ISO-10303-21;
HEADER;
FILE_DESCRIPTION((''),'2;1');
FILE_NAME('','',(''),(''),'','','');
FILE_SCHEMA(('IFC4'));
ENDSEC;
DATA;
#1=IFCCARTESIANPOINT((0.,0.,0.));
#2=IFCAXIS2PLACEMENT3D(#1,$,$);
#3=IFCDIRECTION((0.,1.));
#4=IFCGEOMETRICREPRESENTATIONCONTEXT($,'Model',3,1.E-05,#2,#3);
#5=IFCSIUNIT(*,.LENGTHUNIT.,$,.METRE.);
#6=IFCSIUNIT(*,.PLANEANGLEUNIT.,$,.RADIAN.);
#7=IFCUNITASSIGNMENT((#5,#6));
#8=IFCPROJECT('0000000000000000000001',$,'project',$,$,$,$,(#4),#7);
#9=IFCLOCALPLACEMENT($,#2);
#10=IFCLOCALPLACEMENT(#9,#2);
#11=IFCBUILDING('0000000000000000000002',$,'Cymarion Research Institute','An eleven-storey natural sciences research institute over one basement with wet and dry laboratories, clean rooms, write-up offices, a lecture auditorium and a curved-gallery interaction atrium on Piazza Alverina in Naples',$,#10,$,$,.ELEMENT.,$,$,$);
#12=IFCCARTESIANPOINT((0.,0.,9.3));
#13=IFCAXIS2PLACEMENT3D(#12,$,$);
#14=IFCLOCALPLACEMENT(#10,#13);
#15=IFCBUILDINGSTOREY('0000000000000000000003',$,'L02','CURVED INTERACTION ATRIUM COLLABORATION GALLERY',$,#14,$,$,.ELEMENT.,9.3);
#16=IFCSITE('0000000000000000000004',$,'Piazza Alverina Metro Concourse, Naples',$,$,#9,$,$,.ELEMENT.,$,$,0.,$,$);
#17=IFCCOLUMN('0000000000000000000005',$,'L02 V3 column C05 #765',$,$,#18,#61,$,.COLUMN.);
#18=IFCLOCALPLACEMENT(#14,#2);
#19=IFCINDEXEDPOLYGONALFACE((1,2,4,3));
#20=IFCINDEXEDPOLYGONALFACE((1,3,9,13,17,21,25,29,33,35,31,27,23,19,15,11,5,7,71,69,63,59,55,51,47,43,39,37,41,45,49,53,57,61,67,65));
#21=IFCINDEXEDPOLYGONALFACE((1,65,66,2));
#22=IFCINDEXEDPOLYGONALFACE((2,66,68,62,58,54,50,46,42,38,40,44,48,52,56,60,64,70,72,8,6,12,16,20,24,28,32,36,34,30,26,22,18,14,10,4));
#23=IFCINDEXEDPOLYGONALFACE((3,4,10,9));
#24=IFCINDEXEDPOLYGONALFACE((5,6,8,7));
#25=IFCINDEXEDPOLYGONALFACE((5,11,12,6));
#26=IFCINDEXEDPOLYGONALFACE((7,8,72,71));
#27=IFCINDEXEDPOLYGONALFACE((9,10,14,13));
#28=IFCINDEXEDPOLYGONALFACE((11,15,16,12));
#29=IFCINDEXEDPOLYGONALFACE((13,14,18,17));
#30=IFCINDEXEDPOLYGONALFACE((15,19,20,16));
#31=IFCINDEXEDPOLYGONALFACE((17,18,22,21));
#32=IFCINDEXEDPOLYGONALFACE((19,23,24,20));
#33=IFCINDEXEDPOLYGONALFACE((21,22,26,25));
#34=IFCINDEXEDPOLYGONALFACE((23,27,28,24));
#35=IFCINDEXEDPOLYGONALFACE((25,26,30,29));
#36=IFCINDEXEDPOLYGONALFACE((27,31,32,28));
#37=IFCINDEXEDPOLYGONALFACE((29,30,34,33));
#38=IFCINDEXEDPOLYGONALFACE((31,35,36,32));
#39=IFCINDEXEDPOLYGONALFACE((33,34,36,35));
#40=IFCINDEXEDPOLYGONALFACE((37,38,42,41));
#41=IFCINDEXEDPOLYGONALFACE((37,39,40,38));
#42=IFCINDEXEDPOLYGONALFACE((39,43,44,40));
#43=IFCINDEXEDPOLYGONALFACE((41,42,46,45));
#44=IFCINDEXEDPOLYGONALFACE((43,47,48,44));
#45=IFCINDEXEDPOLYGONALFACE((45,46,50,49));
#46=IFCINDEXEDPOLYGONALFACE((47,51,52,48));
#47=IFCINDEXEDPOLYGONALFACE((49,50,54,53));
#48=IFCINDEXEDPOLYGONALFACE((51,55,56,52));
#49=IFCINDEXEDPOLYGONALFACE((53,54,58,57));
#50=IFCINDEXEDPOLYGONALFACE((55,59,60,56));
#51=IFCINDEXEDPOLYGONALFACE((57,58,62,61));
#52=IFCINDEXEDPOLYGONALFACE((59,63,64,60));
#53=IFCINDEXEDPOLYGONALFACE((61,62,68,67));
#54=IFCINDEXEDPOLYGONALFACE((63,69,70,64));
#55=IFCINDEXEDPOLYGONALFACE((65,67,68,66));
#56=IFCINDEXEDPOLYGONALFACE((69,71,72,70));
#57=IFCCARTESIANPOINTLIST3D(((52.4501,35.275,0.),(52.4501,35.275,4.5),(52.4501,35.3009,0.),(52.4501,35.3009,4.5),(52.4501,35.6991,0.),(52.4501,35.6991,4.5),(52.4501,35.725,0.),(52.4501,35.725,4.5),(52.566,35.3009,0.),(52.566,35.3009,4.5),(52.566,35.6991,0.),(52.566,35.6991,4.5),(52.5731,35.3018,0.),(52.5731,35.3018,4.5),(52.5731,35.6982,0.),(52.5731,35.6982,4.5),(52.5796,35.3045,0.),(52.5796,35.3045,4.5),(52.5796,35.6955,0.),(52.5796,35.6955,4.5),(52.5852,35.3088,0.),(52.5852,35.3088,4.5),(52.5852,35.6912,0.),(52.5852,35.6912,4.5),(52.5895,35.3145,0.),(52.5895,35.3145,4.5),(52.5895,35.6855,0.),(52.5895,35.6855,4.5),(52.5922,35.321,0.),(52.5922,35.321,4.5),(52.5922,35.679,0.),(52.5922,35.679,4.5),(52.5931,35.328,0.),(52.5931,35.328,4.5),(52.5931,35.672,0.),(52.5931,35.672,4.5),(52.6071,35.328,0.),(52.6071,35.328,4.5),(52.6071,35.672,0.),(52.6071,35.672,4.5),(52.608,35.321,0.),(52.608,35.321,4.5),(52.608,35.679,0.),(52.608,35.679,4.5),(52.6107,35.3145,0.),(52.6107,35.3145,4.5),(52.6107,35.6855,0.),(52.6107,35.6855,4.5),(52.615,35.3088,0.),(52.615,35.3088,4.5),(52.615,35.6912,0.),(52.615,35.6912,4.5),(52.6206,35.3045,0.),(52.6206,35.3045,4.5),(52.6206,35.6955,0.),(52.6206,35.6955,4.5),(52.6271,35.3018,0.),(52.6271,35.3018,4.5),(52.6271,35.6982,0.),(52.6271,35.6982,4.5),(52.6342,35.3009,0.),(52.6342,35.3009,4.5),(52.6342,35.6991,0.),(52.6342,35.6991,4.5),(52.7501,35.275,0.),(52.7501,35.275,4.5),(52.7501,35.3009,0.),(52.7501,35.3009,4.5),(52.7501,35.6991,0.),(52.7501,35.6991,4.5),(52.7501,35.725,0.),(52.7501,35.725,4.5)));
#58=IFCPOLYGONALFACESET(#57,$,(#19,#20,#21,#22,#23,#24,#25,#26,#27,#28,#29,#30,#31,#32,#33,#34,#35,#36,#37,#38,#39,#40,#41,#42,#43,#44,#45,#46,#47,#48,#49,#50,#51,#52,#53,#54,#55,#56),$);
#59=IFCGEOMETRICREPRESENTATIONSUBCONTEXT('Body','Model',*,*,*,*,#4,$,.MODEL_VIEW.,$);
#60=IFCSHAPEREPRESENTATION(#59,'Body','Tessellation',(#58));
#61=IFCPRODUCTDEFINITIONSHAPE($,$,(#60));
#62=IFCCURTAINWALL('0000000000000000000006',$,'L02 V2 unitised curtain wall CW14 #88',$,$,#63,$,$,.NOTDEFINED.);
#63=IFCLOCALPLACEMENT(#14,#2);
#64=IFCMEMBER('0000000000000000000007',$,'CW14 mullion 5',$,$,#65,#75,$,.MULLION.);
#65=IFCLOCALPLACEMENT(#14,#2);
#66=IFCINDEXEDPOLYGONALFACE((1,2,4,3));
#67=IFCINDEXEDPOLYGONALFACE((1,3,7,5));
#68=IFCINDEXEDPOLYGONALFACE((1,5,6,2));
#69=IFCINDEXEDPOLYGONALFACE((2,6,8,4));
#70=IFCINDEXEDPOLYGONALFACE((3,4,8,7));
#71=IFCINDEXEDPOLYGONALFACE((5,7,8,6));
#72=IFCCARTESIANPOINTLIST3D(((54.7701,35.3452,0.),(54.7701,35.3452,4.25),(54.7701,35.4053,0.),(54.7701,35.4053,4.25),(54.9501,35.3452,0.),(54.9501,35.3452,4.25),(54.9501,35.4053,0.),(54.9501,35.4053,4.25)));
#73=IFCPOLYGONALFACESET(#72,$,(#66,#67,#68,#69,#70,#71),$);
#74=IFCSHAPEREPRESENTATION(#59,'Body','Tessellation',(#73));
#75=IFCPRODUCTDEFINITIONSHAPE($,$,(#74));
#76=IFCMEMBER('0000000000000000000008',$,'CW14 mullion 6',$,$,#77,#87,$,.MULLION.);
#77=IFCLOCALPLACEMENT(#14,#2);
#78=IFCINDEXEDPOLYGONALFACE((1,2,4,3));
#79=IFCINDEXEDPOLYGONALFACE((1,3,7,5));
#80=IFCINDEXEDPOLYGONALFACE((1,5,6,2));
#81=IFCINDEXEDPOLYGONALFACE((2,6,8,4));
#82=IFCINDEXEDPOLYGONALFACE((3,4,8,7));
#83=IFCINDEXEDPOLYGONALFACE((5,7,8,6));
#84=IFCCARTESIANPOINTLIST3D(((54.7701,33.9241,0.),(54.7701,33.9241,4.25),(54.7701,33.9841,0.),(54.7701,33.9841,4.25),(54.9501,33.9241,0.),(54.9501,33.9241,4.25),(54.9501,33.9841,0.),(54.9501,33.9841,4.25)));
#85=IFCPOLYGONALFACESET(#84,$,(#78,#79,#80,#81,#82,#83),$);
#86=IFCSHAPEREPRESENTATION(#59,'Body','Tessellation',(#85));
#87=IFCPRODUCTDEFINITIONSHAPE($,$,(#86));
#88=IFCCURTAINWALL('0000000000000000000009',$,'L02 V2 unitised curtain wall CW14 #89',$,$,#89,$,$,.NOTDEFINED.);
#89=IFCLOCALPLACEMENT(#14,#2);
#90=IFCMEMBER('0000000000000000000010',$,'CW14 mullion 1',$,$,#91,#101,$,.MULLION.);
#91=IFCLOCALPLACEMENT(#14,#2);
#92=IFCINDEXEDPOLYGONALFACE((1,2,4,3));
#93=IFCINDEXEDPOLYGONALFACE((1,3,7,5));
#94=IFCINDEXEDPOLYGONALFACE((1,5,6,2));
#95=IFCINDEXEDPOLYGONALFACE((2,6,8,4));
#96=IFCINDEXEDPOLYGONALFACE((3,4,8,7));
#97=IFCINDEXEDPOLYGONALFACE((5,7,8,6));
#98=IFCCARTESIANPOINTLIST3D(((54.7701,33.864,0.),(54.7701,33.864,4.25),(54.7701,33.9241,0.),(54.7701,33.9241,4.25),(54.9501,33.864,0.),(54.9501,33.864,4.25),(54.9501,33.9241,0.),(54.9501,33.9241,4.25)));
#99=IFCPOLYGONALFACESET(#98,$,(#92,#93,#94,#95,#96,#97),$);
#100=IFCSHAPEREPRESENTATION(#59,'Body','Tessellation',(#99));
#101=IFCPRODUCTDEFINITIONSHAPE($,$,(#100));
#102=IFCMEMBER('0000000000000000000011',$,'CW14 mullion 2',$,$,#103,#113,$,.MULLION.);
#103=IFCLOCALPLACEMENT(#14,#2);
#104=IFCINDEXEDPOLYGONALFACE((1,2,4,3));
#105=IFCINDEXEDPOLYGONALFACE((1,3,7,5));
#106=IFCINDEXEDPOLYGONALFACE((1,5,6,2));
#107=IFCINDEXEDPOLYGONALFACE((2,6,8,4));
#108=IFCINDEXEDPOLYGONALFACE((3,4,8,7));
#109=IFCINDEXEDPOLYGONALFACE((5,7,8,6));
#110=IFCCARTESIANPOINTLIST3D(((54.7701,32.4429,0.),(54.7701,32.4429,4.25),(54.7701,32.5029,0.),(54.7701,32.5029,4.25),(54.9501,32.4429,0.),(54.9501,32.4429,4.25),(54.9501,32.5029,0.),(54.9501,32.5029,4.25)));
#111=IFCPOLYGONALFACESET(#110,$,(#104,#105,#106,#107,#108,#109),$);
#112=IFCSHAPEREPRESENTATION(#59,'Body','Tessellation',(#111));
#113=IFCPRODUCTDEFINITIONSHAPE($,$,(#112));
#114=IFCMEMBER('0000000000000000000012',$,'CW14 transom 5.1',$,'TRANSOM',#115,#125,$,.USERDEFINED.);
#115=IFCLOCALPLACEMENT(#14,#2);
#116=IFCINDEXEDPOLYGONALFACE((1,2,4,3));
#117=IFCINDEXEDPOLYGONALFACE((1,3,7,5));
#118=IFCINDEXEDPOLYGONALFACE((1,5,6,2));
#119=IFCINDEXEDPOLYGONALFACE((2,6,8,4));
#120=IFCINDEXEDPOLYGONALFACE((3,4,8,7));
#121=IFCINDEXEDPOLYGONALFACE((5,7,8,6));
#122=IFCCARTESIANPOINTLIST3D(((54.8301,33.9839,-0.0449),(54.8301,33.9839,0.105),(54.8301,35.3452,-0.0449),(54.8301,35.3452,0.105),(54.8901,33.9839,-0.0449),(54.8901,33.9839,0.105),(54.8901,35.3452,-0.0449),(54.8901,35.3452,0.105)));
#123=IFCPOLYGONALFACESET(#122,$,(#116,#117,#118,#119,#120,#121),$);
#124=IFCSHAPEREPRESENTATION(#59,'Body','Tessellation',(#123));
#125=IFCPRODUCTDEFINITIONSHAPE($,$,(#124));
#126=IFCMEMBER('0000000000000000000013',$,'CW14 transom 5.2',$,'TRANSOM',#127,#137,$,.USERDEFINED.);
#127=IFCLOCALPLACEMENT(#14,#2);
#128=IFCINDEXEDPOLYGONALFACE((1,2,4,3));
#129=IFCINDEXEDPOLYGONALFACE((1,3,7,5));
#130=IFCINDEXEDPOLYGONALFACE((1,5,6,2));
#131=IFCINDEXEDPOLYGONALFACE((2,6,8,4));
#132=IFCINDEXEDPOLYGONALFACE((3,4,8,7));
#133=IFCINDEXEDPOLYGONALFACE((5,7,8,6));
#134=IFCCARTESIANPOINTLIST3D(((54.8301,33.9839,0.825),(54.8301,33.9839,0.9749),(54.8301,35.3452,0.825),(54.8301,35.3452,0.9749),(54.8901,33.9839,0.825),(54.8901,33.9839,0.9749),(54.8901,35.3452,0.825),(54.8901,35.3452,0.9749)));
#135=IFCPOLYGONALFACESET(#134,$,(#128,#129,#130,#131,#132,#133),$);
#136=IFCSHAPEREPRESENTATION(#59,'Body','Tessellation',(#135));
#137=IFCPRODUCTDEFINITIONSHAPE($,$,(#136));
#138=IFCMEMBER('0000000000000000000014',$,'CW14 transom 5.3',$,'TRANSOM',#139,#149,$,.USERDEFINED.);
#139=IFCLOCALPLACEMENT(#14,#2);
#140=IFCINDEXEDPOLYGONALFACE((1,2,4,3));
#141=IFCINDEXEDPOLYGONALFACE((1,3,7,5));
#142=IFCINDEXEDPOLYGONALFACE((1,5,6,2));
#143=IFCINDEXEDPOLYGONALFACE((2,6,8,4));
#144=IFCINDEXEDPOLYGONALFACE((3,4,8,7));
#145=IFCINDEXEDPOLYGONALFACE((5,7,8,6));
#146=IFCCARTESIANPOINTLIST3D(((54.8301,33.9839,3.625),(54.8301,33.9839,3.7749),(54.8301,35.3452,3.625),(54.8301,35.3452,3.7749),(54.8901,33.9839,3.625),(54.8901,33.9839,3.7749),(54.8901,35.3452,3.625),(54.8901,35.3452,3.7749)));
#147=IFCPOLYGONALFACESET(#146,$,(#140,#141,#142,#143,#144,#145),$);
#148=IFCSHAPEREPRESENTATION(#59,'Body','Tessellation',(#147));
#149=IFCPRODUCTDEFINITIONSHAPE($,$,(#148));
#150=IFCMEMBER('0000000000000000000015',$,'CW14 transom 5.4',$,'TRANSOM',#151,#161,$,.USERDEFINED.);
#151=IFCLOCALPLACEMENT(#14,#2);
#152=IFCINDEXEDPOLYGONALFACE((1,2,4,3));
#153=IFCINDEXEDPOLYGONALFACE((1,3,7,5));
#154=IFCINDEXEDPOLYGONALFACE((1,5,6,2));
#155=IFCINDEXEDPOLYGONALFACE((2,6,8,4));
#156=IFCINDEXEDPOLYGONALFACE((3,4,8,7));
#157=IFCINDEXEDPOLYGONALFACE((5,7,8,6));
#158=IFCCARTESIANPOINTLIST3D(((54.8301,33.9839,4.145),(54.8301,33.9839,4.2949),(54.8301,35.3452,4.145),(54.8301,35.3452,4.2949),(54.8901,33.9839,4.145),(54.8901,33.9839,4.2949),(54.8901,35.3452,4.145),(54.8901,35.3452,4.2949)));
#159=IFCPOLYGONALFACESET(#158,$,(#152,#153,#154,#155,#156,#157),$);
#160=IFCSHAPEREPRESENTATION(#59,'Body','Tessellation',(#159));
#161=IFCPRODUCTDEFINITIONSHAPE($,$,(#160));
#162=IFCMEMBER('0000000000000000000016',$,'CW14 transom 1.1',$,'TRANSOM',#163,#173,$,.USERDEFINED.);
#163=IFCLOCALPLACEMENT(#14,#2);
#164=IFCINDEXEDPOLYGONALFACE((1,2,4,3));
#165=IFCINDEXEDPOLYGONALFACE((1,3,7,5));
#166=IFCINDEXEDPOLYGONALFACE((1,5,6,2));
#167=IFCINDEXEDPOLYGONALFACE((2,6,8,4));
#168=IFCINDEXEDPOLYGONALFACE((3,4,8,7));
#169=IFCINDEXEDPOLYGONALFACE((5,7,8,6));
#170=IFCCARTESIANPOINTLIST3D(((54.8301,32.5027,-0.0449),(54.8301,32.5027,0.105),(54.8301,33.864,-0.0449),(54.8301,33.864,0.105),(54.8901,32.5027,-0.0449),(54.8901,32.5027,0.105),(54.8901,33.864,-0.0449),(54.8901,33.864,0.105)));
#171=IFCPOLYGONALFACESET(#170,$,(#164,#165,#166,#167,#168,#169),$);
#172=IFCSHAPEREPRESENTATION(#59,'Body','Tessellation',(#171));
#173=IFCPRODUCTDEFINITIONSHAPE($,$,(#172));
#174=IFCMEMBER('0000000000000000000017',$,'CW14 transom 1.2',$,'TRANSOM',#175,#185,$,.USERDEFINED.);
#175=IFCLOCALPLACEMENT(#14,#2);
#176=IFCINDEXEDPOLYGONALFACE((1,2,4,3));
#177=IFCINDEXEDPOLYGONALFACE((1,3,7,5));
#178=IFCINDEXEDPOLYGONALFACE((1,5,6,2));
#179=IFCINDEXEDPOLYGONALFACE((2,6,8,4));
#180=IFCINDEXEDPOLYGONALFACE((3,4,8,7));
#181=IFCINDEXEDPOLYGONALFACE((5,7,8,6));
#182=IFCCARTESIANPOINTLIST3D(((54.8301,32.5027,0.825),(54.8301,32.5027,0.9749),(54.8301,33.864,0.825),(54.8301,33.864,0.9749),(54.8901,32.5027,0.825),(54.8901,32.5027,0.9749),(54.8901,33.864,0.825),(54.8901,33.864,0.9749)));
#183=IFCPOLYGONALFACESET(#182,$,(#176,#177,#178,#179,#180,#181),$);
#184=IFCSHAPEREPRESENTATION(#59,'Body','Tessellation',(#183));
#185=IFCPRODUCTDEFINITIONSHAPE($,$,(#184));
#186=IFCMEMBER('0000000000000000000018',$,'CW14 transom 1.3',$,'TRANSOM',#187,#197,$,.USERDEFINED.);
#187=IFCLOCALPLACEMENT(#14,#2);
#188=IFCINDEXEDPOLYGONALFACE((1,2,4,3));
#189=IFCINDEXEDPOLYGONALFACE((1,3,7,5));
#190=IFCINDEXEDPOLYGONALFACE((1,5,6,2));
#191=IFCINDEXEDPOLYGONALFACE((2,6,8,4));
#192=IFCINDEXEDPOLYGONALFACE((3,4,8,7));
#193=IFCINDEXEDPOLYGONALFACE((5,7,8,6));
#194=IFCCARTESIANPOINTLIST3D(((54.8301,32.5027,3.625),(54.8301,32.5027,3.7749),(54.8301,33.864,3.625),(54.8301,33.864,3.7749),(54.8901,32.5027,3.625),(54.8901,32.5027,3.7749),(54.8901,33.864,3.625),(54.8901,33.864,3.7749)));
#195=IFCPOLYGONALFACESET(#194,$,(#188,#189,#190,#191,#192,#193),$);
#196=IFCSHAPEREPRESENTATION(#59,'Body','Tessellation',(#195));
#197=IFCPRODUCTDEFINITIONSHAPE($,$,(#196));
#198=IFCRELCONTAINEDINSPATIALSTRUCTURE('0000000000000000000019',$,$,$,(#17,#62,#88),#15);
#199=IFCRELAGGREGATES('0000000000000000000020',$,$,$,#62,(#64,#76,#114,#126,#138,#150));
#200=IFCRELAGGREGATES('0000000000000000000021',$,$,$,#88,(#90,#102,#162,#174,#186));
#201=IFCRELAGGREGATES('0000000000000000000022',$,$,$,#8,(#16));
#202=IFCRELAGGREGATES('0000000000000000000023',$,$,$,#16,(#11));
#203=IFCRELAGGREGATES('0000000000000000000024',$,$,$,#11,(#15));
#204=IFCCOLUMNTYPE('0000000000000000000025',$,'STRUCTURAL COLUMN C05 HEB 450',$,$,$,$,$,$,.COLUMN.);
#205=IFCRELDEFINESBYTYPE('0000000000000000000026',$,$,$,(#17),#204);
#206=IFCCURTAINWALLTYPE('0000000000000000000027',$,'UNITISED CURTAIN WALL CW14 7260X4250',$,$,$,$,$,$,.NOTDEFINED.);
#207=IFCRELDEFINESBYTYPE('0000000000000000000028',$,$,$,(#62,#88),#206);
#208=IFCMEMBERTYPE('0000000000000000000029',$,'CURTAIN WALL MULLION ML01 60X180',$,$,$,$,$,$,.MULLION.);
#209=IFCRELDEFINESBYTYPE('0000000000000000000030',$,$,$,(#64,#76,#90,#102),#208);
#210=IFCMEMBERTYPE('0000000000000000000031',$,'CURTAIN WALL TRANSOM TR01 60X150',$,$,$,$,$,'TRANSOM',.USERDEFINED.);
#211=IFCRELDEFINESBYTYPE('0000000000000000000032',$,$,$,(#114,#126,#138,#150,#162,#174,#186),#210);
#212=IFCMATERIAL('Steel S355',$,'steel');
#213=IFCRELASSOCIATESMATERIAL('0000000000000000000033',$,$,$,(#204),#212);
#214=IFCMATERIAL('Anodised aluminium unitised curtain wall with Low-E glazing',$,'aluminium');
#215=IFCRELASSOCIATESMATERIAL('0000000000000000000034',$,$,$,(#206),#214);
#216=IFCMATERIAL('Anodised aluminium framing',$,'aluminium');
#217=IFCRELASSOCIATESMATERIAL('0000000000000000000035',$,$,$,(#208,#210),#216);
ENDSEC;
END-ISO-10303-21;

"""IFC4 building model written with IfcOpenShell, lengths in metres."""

from ifc_helpers import new_model, si_unit, direction, frame, origin, origin_2d, place, context, subcontext, project, spatial, rectangle, i_section, extrude, material, material_profile, profile_set, type_object, element, aggregate, save


model = new_model("IFC4")

# Units and contexts
model_context = context("Model", 3, precision=1e-05, world=origin(), true_north=direction((0.0, 1.0)))
body_context = subcontext(model_context, "Body", "Model", "MODEL_VIEW")
ifc_project = project(units=[si_unit("LENGTHUNIT", "METRE"), si_unit("PLANEANGLEUNIT", "RADIAN")], contexts=[model_context])

# Site, building, storey
site_placement = place(None, origin())
site = spatial("IfcSite", under=ifc_project, at=site_placement, Name="Piazza Alverina Metro Concourse, Naples", CompositionType="ELEMENT", RefElevation=0.0)
building_placement = place(site_placement, origin())
building = spatial("IfcBuilding", under=site, at=building_placement, Name="Cymarion Research Institute", Description="An eleven-storey natural sciences research institute over one basement with wet and dry laboratories, clean rooms, write-up offices, a lecture auditorium and a curved-gallery interaction atrium on Piazza Alverina in Naples", CompositionType="ELEMENT")
storey_placement = place(building_placement, frame((0.0, 0.0, 9.3)))
storey = spatial("IfcBuildingStorey", under=building, at=storey_placement, Name="L02", Description="CURVED INTERACTION ATRIUM COLLABORATION GALLERY", CompositionType="ELEMENT", Elevation=9.3)

# Column
ifc_material_1 = material(Name="Steel S355", Category="steel")
ifc_material_profile_1 = material_profile(ifc_material_1, i_section(OverallWidth=0.3, OverallDepth=0.45, WebThickness=0.0139, FlangeThickness=0.0259, FilletRadius=0.0271, at=origin_2d()), Name="HEB 450")
ifc_profile_set_1 = profile_set([ifc_material_profile_1], Name="Steel S355")
column_type = type_object("IfcColumnType", Name="STRUCTURAL COLUMN C05 HEB 450", PredefinedType="COLUMN", material=ifc_profile_set_1)
column_placement = place(storey_placement, frame((52.6001, 35.5, 0.0), z_axis=(0.0, 0.0, 1.0), x_axis=(1.0, 0.0, 0.0)))
element("IfcColumn", 1, at=column_placement, inside=storey, type_object=column_type, Name="L02 V3 column C05 #765", PredefinedType="COLUMN", context=body_context, shape_type="SweptSolid", body=[
    extrude(i_section(OverallWidth=0.3, OverallDepth=0.45, WebThickness=0.0139, FlangeThickness=0.0259, FilletRadius=0.0271, at=origin_2d()), origin(), (0.0, 0.0, 1.0), 4.5),
])

# Curtain walls, members
ifc_material_2 = material(Name="Anodised aluminium unitised curtain wall with Low-E glazing", Category="aluminium")
curtain_wall_type = type_object("IfcCurtainWallType", Name="UNITISED CURTAIN WALL CW14 7260X4250", PredefinedType="NOTDEFINED", material=ifc_material_2)
curtain_wall_1_placement = place(storey_placement, origin())
curtain_wall_1 = element("IfcCurtainWall", 2, at=curtain_wall_1_placement, inside=storey, type_object=curtain_wall_type, Name="L02 V2 unitised curtain wall CW14 #88", PredefinedType="NOTDEFINED")
ifc_material_3 = material(Name="Anodised aluminium framing", Category="aluminium")
ifc_material_profile_2 = material_profile(ifc_material_3, rectangle(XDim=0.0601, YDim=0.1799, at=origin_2d()), Name="ALU MULLION 60x180")
ifc_profile_set_2 = profile_set([ifc_material_profile_2], Name="Anodised aluminium framing")
member_type_1 = type_object("IfcMemberType", Name="CURTAIN WALL MULLION ML01 60X180", PredefinedType="MULLION", material=ifc_profile_set_2)
member_1_placement = place(storey_placement, frame((54.8601, 35.3752, 0.0), z_axis=(0.0, 0.0, 1.0), x_axis=(0.0, -1.0, 0.0)))
member_1 = element("IfcMember", 3, at=member_1_placement, type_object=member_type_1, Name="CW14 mullion 5", PredefinedType="MULLION", context=body_context, shape_type="SweptSolid", body=[
    extrude(rectangle(XDim=0.0601, YDim=0.1799, at=origin_2d()), origin(), (0.0, 0.0, 1.0), 4.25),
])
member_2_placement = place(storey_placement, frame((54.8601, 33.9541, 0.0), z_axis=(0.0, 0.0, 1.0), x_axis=(0.0, -1.0, 0.0)))
member_2 = element("IfcMember", 4, at=member_2_placement, type_object=member_type_1, Name="CW14 mullion 6", PredefinedType="MULLION", context=body_context, shape_type="SweptSolid", body=[
    extrude(rectangle(XDim=0.0601, YDim=0.1799, at=origin_2d()), origin(), (0.0, 0.0, 1.0), 4.25),
])
curtain_wall_2_placement = place(storey_placement, origin())
curtain_wall_2 = element("IfcCurtainWall", 5, at=curtain_wall_2_placement, inside=storey, type_object=curtain_wall_type, Name="L02 V2 unitised curtain wall CW14 #89", PredefinedType="NOTDEFINED")
member_3_placement = place(storey_placement, frame((54.8601, 33.894, 0.0), z_axis=(0.0, 0.0, 1.0), x_axis=(0.0, -1.0, 0.0)))
member_3 = element("IfcMember", 6, at=member_3_placement, type_object=member_type_1, Name="CW14 mullion 1", PredefinedType="MULLION", context=body_context, shape_type="SweptSolid", body=[
    extrude(rectangle(XDim=0.0601, YDim=0.1799, at=origin_2d()), origin(), (0.0, 0.0, 1.0), 4.25),
])
member_4_placement = place(storey_placement, frame((54.8601, 32.4729, 0.0), z_axis=(0.0, 0.0, 1.0), x_axis=(0.0, -1.0, 0.0)))
member_4 = element("IfcMember", 7, at=member_4_placement, type_object=member_type_1, Name="CW14 mullion 2", PredefinedType="MULLION", context=body_context, shape_type="SweptSolid", body=[
    extrude(rectangle(XDim=0.0601, YDim=0.1799, at=origin_2d()), origin(), (0.0, 0.0, 1.0), 4.25),
])

# Members
ifc_material_profile_3 = material_profile(ifc_material_3, rectangle(XDim=0.0601, YDim=0.1499, at=origin_2d()), Name="ALU TRANSOM 60x150")
ifc_profile_set_3 = profile_set([ifc_material_profile_3], Name="Anodised aluminium framing")
member_type_2 = type_object("IfcMemberType", Name="CURTAIN WALL TRANSOM TR01 60X150", ElementType="TRANSOM", PredefinedType="USERDEFINED", material=ifc_profile_set_3)
member_5_placement = place(storey_placement, frame((54.8601, 35.3452, 0.03), z_axis=(0.0, -1.0, 0.0), x_axis=(1.0, 0.0, 0.0)))
member_5 = element("IfcMember", 8, at=member_5_placement, type_object=member_type_2, Name="CW14 transom 5.1", ObjectType="TRANSOM", PredefinedType="USERDEFINED", context=body_context, shape_type="SweptSolid", body=[
    extrude(rectangle(XDim=0.0601, YDim=0.1499, at=origin_2d()), origin(), (0.0, 0.0, 1.0), 1.3613),
])
member_6_placement = place(storey_placement, frame((54.8601, 35.3452, 0.8999), z_axis=(0.0, -1.0, 0.0), x_axis=(1.0, 0.0, 0.0)))
member_6 = element("IfcMember", 9, at=member_6_placement, type_object=member_type_2, Name="CW14 transom 5.2", ObjectType="TRANSOM", PredefinedType="USERDEFINED", context=body_context, shape_type="SweptSolid", body=[
    extrude(rectangle(XDim=0.0601, YDim=0.1499, at=origin_2d()), origin(), (0.0, 0.0, 1.0), 1.3613),
])
member_7_placement = place(storey_placement, frame((54.8601, 35.3452, 3.7), z_axis=(0.0, -1.0, 0.0), x_axis=(1.0, 0.0, 0.0)))
member_7 = element("IfcMember", 10, at=member_7_placement, type_object=member_type_2, Name="CW14 transom 5.3", ObjectType="TRANSOM", PredefinedType="USERDEFINED", context=body_context, shape_type="SweptSolid", body=[
    extrude(rectangle(XDim=0.0601, YDim=0.1499, at=origin_2d()), origin(), (0.0, 0.0, 1.0), 1.3613),
])
member_8_placement = place(storey_placement, frame((54.8601, 35.3452, 4.22), z_axis=(0.0, -1.0, 0.0), x_axis=(1.0, 0.0, 0.0)))
member_8 = element("IfcMember", 11, at=member_8_placement, type_object=member_type_2, Name="CW14 transom 5.4", ObjectType="TRANSOM", PredefinedType="USERDEFINED", context=body_context, shape_type="SweptSolid", body=[
    extrude(rectangle(XDim=0.0601, YDim=0.1499, at=origin_2d()), origin(), (0.0, 0.0, 1.0), 1.3613),
])
member_9_placement = place(storey_placement, frame((54.8601, 33.864, 0.03), z_axis=(0.0, -1.0, 0.0), x_axis=(1.0, 0.0, 0.0)))
member_9 = element("IfcMember", 12, at=member_9_placement, type_object=member_type_2, Name="CW14 transom 1.1", ObjectType="TRANSOM", PredefinedType="USERDEFINED", context=body_context, shape_type="SweptSolid", body=[
    extrude(rectangle(XDim=0.0601, YDim=0.1499, at=origin_2d()), origin(), (0.0, 0.0, 1.0), 1.3613),
])
member_10_placement = place(storey_placement, frame((54.8601, 33.864, 0.8999), z_axis=(0.0, -1.0, 0.0), x_axis=(1.0, 0.0, 0.0)))
member_10 = element("IfcMember", 13, at=member_10_placement, type_object=member_type_2, Name="CW14 transom 1.2", ObjectType="TRANSOM", PredefinedType="USERDEFINED", context=body_context, shape_type="SweptSolid", body=[
    extrude(rectangle(XDim=0.0601, YDim=0.1499, at=origin_2d()), origin(), (0.0, 0.0, 1.0), 1.3613),
])
member_11_placement = place(storey_placement, frame((54.8601, 33.864, 3.7), z_axis=(0.0, -1.0, 0.0), x_axis=(1.0, 0.0, 0.0)))
member_11 = element("IfcMember", 14, at=member_11_placement, type_object=member_type_2, Name="CW14 transom 1.3", ObjectType="TRANSOM", PredefinedType="USERDEFINED", context=body_context, shape_type="SweptSolid", body=[
    extrude(rectangle(XDim=0.0601, YDim=0.1499, at=origin_2d()), origin(), (0.0, 0.0, 1.0), 1.3613),
])

aggregate(curtain_wall_1, [member_1, member_2, member_5, member_6, member_7, member_8])
aggregate(curtain_wall_2, [member_3, member_4, member_9, member_10, member_11])

save(model, "model.ifc")
